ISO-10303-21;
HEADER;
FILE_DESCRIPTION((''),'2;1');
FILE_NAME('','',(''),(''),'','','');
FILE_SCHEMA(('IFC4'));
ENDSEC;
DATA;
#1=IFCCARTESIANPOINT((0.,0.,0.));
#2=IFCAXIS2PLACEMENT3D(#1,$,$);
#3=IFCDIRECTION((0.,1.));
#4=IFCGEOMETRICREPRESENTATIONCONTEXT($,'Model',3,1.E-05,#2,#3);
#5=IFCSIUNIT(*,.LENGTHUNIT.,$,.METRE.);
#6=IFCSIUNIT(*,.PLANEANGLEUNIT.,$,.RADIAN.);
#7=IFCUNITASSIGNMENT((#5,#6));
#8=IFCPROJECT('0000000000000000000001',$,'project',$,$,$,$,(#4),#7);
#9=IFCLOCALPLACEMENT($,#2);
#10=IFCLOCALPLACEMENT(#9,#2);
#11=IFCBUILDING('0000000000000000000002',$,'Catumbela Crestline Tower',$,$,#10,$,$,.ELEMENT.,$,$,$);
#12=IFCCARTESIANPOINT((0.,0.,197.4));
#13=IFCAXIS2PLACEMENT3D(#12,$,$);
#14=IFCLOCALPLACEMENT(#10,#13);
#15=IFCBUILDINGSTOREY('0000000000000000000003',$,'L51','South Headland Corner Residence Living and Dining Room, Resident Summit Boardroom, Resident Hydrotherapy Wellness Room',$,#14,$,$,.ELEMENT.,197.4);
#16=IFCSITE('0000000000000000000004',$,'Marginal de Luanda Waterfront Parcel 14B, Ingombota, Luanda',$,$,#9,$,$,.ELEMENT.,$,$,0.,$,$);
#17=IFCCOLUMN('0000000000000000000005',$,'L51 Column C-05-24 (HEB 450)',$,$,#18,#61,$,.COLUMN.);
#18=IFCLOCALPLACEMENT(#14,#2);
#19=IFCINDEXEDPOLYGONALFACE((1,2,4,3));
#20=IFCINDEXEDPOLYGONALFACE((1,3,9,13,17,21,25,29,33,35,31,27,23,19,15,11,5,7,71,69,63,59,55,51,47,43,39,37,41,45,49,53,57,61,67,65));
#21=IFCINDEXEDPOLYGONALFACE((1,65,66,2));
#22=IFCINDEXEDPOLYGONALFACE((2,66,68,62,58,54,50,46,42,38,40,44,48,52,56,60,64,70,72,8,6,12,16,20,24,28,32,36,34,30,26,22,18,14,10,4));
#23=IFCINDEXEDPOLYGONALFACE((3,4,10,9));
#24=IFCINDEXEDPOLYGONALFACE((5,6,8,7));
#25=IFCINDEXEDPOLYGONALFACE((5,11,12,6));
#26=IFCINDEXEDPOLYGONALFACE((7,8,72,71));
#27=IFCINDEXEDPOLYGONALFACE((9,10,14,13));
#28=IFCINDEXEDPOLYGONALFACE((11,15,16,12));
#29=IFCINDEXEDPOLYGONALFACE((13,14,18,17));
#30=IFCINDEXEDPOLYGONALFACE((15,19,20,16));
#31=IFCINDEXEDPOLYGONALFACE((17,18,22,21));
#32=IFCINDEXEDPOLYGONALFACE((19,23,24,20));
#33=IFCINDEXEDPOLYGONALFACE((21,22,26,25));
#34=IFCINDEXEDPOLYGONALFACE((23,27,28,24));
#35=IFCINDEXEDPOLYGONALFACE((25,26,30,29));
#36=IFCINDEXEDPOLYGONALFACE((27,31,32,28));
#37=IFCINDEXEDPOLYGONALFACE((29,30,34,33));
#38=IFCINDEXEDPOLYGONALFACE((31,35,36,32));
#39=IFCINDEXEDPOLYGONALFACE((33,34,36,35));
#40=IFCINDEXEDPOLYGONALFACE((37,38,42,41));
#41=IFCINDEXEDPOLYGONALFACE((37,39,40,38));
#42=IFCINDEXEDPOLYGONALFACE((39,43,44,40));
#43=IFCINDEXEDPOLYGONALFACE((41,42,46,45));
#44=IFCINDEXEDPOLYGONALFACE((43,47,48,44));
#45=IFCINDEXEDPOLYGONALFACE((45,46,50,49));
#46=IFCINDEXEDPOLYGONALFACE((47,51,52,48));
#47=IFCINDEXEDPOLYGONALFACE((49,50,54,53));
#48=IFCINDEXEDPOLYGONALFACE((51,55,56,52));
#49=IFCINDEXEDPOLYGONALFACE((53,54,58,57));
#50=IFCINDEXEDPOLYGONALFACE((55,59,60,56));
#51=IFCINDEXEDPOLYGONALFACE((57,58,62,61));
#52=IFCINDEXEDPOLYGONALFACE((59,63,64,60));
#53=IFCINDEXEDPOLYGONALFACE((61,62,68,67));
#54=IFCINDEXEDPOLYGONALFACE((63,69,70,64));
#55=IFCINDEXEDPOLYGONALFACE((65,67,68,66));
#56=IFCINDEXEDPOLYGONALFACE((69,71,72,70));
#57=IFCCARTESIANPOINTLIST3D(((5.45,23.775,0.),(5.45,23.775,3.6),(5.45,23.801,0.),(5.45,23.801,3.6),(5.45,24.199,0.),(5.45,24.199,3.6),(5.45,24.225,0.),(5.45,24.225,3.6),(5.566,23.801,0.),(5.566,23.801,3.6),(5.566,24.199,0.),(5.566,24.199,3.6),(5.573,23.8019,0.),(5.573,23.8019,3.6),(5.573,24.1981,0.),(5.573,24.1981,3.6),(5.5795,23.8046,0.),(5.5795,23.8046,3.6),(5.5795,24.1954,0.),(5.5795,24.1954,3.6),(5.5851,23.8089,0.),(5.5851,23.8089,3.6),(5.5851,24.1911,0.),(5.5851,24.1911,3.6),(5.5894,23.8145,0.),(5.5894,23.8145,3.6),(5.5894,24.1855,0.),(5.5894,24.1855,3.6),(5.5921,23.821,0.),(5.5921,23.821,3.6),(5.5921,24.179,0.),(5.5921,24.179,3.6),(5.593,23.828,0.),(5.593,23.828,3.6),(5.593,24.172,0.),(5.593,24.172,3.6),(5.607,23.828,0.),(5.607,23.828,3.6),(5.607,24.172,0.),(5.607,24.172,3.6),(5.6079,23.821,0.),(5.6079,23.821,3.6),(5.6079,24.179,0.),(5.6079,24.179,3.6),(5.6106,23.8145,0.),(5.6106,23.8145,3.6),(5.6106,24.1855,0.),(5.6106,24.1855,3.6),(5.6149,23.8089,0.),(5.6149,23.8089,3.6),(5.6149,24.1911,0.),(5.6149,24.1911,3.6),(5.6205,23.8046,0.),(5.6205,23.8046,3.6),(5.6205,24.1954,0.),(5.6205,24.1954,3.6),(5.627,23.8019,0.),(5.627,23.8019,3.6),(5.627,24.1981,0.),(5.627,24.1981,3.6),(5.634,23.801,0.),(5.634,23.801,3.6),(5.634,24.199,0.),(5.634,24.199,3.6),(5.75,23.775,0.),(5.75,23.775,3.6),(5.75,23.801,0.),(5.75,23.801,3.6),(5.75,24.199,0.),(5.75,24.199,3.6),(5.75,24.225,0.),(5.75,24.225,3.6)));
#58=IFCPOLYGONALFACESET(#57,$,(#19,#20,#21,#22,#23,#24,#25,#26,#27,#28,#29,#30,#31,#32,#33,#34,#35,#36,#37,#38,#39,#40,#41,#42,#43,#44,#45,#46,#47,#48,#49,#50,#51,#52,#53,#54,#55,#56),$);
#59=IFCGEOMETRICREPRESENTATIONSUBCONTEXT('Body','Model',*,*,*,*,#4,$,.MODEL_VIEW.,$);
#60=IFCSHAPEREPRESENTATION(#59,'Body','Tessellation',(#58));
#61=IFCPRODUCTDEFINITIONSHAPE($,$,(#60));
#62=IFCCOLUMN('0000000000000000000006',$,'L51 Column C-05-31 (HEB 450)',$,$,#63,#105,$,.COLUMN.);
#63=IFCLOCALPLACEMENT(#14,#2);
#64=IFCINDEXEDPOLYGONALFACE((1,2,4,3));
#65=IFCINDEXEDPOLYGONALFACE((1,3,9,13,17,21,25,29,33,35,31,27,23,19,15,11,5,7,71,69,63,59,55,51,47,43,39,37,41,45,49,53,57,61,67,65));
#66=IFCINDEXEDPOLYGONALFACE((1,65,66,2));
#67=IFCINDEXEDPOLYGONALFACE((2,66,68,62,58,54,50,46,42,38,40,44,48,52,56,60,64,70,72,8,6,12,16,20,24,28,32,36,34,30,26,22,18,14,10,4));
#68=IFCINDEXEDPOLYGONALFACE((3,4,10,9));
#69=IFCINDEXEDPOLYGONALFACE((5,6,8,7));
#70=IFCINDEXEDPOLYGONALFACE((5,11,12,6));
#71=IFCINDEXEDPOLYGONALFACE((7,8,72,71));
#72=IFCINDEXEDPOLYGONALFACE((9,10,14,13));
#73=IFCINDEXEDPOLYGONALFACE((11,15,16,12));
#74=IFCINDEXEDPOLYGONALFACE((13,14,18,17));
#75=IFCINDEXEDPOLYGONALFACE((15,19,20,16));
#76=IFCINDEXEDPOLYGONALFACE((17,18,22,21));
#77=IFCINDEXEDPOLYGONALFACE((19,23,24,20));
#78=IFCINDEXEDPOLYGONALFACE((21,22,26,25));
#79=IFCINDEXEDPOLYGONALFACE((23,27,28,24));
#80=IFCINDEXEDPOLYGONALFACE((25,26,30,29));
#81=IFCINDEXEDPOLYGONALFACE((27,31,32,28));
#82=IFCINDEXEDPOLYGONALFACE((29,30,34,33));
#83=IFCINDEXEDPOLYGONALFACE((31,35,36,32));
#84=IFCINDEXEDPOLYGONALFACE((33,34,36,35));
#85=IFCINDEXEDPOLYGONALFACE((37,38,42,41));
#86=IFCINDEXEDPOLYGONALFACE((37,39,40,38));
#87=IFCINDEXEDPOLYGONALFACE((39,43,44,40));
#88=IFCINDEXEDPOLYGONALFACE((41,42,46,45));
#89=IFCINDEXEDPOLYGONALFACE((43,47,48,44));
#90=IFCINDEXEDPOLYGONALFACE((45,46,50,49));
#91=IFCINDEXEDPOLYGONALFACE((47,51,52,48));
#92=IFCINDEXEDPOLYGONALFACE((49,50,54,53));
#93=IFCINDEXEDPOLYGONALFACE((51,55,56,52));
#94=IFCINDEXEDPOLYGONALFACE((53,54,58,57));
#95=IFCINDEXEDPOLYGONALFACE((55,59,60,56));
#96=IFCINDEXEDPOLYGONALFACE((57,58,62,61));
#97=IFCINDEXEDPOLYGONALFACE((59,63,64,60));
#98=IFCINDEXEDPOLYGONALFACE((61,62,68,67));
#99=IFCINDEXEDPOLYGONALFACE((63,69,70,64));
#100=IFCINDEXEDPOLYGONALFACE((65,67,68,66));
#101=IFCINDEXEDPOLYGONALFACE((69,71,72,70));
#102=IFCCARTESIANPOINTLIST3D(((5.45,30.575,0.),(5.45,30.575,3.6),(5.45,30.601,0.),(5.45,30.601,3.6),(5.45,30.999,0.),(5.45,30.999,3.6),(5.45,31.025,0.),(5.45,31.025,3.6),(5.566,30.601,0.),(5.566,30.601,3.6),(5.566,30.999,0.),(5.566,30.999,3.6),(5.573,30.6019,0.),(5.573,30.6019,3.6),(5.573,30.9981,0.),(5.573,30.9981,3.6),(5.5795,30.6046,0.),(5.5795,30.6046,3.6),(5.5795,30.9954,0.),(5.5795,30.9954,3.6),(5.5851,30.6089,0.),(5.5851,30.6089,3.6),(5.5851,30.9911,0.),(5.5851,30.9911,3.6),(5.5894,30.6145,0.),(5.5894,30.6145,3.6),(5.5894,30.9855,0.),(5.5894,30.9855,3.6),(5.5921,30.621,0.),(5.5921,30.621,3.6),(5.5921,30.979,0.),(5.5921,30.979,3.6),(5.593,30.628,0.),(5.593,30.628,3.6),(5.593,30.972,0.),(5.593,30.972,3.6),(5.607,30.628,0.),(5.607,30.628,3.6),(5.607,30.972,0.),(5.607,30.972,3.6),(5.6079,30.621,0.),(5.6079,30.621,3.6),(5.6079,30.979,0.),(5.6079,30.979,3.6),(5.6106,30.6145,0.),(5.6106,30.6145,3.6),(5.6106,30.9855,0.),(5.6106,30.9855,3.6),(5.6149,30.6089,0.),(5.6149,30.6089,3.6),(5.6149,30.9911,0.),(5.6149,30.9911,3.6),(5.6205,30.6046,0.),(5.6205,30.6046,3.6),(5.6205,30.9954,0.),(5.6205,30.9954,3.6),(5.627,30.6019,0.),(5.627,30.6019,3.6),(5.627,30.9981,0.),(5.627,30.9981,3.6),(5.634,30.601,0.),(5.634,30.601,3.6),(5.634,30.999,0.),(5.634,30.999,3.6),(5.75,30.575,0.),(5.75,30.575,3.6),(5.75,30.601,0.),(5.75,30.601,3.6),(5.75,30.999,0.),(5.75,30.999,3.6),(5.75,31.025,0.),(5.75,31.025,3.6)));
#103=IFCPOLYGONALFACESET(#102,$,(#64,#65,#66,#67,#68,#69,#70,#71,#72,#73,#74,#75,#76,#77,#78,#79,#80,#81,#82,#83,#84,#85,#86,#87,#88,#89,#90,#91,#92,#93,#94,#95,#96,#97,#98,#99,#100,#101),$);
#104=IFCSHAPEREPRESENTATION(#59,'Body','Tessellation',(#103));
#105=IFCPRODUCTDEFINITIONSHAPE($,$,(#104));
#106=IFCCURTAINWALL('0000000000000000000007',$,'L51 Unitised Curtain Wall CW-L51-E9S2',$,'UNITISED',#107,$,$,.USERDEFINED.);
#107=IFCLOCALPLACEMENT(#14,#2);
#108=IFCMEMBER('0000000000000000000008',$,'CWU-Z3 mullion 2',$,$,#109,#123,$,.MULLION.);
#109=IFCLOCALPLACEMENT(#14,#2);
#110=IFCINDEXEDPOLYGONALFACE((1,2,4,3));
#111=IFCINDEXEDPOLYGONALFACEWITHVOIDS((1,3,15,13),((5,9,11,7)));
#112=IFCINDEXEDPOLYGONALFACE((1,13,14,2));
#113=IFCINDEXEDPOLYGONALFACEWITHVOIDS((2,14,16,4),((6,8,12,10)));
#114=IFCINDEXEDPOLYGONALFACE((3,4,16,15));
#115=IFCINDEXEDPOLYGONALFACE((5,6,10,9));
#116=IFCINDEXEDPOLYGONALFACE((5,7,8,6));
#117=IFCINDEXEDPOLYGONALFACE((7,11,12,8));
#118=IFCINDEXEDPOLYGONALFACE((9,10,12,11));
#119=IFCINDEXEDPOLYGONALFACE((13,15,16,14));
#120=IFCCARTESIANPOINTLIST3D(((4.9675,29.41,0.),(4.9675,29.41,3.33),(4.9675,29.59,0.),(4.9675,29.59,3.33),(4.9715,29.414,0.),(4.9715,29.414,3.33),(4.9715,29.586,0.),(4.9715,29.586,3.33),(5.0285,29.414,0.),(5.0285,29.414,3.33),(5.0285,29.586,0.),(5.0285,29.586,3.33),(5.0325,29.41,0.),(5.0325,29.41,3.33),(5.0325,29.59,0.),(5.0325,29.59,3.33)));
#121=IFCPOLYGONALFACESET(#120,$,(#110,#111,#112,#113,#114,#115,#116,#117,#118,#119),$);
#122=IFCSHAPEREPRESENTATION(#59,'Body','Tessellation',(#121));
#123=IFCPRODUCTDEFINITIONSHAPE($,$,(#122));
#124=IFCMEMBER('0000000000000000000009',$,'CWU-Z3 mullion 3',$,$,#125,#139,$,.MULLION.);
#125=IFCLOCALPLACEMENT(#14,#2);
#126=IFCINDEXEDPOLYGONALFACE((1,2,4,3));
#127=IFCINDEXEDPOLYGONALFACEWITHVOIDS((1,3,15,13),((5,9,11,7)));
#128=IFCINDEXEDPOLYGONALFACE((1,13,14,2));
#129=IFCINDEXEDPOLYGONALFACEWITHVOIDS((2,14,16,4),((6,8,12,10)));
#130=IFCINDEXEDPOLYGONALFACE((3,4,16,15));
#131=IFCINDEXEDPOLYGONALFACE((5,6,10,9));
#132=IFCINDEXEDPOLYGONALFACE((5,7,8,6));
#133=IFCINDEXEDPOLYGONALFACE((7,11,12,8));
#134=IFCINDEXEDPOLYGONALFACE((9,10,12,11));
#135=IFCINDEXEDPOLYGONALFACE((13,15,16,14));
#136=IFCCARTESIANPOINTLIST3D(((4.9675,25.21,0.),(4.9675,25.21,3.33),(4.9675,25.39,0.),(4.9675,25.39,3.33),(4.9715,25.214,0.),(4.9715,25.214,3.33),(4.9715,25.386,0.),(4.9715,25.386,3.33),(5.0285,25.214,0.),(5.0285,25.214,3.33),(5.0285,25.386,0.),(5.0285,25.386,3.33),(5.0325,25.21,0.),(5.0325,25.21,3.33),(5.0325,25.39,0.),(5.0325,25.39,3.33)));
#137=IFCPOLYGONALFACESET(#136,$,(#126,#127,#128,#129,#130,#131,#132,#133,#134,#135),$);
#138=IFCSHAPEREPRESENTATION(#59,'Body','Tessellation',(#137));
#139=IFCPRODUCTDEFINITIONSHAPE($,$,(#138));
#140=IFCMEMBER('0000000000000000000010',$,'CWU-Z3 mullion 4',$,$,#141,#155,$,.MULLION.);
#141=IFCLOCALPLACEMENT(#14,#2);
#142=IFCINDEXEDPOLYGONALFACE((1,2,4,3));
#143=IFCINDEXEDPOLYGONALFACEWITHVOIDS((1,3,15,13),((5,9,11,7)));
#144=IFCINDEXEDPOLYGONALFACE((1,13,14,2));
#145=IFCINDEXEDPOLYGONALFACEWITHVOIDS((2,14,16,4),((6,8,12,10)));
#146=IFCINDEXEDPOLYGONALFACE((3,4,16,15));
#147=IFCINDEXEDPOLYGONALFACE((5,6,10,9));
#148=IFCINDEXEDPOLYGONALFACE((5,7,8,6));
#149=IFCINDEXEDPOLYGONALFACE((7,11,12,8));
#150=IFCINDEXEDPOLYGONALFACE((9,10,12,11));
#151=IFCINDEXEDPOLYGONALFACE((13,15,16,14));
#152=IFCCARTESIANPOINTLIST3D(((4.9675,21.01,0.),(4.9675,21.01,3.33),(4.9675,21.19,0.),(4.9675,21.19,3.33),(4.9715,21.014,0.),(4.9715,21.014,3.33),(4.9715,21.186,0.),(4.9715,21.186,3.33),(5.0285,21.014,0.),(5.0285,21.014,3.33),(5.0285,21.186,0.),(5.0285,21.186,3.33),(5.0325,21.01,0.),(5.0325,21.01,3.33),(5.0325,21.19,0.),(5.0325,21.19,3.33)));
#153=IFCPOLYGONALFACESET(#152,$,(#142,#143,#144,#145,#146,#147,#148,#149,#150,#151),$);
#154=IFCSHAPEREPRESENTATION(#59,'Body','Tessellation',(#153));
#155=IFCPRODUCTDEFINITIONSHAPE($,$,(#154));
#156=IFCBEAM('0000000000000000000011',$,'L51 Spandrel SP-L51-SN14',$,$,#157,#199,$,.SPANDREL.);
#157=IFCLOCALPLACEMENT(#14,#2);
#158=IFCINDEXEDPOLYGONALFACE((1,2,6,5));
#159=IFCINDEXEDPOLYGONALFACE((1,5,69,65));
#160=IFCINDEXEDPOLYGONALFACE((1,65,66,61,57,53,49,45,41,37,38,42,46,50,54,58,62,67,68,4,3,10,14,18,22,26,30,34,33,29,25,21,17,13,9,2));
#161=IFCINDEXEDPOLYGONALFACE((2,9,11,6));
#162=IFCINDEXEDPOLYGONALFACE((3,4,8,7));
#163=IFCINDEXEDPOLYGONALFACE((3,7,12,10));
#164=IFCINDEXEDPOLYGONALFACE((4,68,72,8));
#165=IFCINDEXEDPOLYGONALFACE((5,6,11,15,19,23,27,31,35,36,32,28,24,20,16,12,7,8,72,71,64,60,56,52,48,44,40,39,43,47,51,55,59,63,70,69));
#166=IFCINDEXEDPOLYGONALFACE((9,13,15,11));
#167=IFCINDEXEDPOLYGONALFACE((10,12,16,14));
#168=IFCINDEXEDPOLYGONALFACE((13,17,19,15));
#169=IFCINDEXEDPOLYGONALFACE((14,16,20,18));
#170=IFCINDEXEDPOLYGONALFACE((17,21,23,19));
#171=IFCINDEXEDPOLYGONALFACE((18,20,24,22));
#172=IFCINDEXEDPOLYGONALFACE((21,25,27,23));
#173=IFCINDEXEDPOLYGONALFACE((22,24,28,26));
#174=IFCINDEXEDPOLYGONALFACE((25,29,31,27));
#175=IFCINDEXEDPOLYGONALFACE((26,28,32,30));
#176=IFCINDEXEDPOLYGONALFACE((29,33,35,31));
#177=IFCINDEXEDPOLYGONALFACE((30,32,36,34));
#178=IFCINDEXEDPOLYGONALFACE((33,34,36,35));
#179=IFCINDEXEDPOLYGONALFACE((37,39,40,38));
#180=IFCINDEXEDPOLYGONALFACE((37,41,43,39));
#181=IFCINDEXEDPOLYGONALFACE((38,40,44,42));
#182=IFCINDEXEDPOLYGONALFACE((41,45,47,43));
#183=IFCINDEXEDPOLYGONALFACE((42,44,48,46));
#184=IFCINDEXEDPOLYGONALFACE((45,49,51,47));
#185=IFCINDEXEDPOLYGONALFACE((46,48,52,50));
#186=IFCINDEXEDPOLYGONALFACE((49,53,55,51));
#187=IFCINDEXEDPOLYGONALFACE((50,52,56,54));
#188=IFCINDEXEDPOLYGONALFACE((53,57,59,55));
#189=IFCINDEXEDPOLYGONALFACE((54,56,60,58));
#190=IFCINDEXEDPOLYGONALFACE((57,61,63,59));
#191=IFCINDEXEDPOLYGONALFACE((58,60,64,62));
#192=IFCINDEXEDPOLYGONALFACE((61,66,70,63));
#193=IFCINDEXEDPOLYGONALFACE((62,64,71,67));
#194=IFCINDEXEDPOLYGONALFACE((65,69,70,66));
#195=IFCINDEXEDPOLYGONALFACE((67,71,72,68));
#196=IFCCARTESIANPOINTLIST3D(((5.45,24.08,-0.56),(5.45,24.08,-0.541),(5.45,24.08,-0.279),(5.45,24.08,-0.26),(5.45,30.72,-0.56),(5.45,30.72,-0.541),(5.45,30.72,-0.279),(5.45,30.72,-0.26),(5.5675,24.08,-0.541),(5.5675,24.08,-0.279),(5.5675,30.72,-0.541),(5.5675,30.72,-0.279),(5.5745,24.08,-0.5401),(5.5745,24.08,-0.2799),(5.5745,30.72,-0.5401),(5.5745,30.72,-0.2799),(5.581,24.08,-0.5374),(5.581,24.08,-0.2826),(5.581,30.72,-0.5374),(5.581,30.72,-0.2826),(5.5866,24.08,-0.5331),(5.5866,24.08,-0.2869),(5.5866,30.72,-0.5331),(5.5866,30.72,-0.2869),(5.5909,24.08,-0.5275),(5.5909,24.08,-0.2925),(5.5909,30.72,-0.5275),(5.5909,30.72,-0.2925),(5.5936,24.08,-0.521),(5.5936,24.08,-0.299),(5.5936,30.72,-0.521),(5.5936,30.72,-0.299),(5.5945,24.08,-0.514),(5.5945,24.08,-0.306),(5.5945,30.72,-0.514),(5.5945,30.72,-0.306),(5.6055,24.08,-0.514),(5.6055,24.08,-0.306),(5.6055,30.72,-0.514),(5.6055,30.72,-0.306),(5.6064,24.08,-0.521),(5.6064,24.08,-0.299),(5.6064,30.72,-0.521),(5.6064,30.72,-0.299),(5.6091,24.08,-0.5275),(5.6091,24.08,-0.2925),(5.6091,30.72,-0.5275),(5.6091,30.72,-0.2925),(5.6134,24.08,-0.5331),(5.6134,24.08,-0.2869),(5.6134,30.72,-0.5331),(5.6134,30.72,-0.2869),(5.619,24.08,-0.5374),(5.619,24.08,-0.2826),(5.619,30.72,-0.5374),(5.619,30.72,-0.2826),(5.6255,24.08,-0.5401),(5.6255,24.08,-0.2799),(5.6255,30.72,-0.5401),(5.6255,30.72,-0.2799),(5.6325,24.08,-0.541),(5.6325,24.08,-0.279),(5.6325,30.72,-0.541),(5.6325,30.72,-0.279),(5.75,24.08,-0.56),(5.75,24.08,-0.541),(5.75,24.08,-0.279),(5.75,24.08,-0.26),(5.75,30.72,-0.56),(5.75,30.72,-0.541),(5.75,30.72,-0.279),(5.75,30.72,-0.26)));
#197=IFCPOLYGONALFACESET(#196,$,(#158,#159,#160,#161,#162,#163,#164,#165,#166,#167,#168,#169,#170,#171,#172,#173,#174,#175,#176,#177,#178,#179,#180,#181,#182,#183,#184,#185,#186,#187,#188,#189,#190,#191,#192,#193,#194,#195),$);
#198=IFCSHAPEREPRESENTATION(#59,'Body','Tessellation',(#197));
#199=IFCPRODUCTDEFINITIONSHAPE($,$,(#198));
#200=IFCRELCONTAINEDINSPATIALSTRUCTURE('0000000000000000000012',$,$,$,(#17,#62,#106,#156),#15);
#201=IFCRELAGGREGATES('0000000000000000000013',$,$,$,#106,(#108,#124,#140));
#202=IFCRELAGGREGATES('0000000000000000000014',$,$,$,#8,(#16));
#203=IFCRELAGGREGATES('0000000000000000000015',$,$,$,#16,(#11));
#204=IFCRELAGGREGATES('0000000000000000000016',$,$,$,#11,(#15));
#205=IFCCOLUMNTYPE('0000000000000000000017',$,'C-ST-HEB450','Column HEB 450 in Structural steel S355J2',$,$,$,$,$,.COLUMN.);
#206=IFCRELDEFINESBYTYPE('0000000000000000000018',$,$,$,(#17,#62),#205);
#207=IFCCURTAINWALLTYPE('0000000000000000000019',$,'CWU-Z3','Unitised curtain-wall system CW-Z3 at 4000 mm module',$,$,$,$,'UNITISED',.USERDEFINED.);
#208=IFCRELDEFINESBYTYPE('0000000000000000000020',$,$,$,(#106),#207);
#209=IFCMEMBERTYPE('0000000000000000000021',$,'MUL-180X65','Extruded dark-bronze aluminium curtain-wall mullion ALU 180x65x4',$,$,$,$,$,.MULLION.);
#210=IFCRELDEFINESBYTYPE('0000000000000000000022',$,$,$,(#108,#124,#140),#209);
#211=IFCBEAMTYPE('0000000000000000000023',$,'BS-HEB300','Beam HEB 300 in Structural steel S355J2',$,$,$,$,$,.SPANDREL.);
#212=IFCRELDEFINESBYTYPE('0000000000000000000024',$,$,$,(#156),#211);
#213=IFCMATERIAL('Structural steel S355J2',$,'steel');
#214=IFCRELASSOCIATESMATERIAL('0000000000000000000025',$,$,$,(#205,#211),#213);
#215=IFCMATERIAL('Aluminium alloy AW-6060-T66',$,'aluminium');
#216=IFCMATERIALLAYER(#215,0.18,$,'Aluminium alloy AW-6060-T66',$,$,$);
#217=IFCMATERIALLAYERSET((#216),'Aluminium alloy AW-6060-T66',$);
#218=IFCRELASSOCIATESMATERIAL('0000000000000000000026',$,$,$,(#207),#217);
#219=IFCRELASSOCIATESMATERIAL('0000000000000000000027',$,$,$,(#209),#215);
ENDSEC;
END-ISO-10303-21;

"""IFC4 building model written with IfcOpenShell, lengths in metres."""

from ifc_helpers import new_model, si_unit, direction, frame, origin, origin_2d, place, context, subcontext, project, spatial, hollow_rectangle, i_section, extrude, material, layer, layer_set, material_profile, profile_set, type_object, element, aggregate, save


model = new_model("IFC4")

# Units and contexts
model_context = context("Model", 3, precision=1e-05, world=origin(), true_north=direction((0.0, 1.0)))
body_context = subcontext(model_context, "Body", "Model", "MODEL_VIEW")
ifc_project = project(units=[si_unit("LENGTHUNIT", "METRE"), si_unit("PLANEANGLEUNIT", "RADIAN")], contexts=[model_context])

# Site, building, storey
site_placement = place(None, origin())
site = spatial("IfcSite", under=ifc_project, at=site_placement, Name="Marginal de Luanda Waterfront Parcel 14B, Ingombota, Luanda", CompositionType="ELEMENT", RefElevation=0.0)
building_placement = place(site_placement, origin())
building = spatial("IfcBuilding", under=site, at=building_placement, Name="Catumbela Crestline Tower", CompositionType="ELEMENT")
storey_placement = place(building_placement, frame((0.0, 0.0, 197.4)))
storey = spatial("IfcBuildingStorey", under=building, at=storey_placement, Name="L51", Description="South Headland Corner Residence Living and Dining Room, Resident Summit Boardroom, Resident Hydrotherapy Wellness Room", CompositionType="ELEMENT", Elevation=197.4)

# Columns
ifc_material_1 = material(Name="Structural steel S355J2", Category="steel")
ifc_material_profile_1 = material_profile(ifc_material_1, i_section(OverallWidth=0.3, OverallDepth=0.45, WebThickness=0.014, FlangeThickness=0.026, FilletRadius=0.027, at=origin_2d()), Name="HEB 450")
ifc_profile_set_1 = profile_set([ifc_material_profile_1], Name="Structural steel S355J2")
column_type = type_object("IfcColumnType", Name="C-ST-HEB450", Description="Column HEB 450 in Structural steel S355J2", PredefinedType="COLUMN", material=ifc_profile_set_1)
for number, where, z_axis, x_axis, name in (
    (1, (5.6, 24.0, 0.0), (0.0, 0.0, 1.0), (1.0, 0.0, 0.0), "L51 Column C-05-24 (HEB 450)"),
    (2, (5.6, 30.8, 0.0), (0.0, 0.0, 1.0), (1.0, 0.0, 0.0), "L51 Column C-05-31 (HEB 450)"),
):
    element("IfcColumn", number, at=place(storey_placement, frame(where, z_axis=z_axis, x_axis=x_axis)), inside=storey, type_object=column_type, Name=name, PredefinedType="COLUMN", context=body_context, shape_type="SweptSolid", body=[
        extrude(i_section(OverallWidth=0.3, OverallDepth=0.45, WebThickness=0.014, FlangeThickness=0.026, FilletRadius=0.027, at=origin_2d()), origin(), (0.0, 0.0, 1.0), 3.6),
    ])

# Curtain wall, members
ifc_material_2 = material(Name="Aluminium alloy AW-6060-T66", Category="aluminium")
ifc_layer_1 = layer(ifc_material_2, 0.18, Name="Aluminium alloy AW-6060-T66")
ifc_layer_set_1 = layer_set([ifc_layer_1], Name="Aluminium alloy AW-6060-T66")
curtain_wall_type = type_object("IfcCurtainWallType", Name="CWU-Z3", Description="Unitised curtain-wall system CW-Z3 at 4000 mm module", ElementType="UNITISED", PredefinedType="USERDEFINED", material=ifc_layer_set_1)
curtain_wall_placement = place(storey_placement, origin())
curtain_wall = element("IfcCurtainWall", 3, at=curtain_wall_placement, inside=storey, type_object=curtain_wall_type, Name="L51 Unitised Curtain Wall CW-L51-E9S2", ObjectType="UNITISED", PredefinedType="USERDEFINED")
ifc_material_profile_2 = material_profile(ifc_material_2, hollow_rectangle(XDim=0.065, YDim=0.18, WallThickness=0.004, at=origin_2d()), Name="ALU 180x65x4")
ifc_profile_set_2 = profile_set([ifc_material_profile_2], Name="Aluminium alloy AW-6060-T66")
member_type_1 = type_object("IfcMemberType", Name="MUL-180X65", Description="Extruded dark-bronze aluminium curtain-wall mullion ALU 180x65x4", PredefinedType="MULLION", material=ifc_profile_set_2)
member_1_placement = place(storey_placement, frame((5.0, 29.5, 0.0), z_axis=(0.0, 0.0, 1.0), x_axis=(1.0, 0.0, 0.0)))
member_1 = element("IfcMember", 4, at=member_1_placement, type_object=member_type_1, Name="CWU-Z3 mullion 2", PredefinedType="MULLION", context=body_context, shape_type="SweptSolid", body=[
    extrude(hollow_rectangle(XDim=0.065, YDim=0.18, WallThickness=0.004, at=origin_2d()), origin(), (0.0, 0.0, 1.0), 3.33),
])
member_2_placement = place(storey_placement, frame((5.0, 25.3, 0.0), z_axis=(0.0, 0.0, 1.0), x_axis=(1.0, 0.0, 0.0)))
member_2 = element("IfcMember", 5, at=member_2_placement, type_object=member_type_1, Name="CWU-Z3 mullion 3", PredefinedType="MULLION", context=body_context, shape_type="SweptSolid", body=[
    extrude(hollow_rectangle(XDim=0.065, YDim=0.18, WallThickness=0.004, at=origin_2d()), origin(), (0.0, 0.0, 1.0), 3.33),
])
member_3_placement = place(storey_placement, frame((5.0, 21.1, 0.0), z_axis=(0.0, 0.0, 1.0), x_axis=(1.0, 0.0, 0.0)))
member_3 = element("IfcMember", 6, at=member_3_placement, type_object=member_type_1, Name="CWU-Z3 mullion 4", PredefinedType="MULLION", context=body_context, shape_type="SweptSolid", body=[
    extrude(hollow_rectangle(XDim=0.065, YDim=0.18, WallThickness=0.004, at=origin_2d()), origin(), (0.0, 0.0, 1.0), 3.33),
])

# Beam
ifc_material_profile_3 = material_profile(ifc_material_1, i_section(OverallWidth=0.3, OverallDepth=0.3, WebThickness=0.011, FlangeThickness=0.019, FilletRadius=0.027, at=origin_2d()), Name="HEB 300")
ifc_profile_set_3 = profile_set([ifc_material_profile_3], Name="Structural steel S355J2")
beam_type = type_object("IfcBeamType", Name="BS-HEB300", Description="Beam HEB 300 in Structural steel S355J2", PredefinedType="SPANDREL", material=ifc_profile_set_3)
beam_1_placement = place(storey_placement, frame((5.6, 24.08, -0.41), z_axis=(0.0, 1.0, 0.0), x_axis=(-1.0, 0.0, 0.0)))
element("IfcBeam", 7, at=beam_1_placement, inside=storey, type_object=beam_type, Name="L51 Spandrel SP-L51-SN14", PredefinedType="SPANDREL", context=body_context, shape_type="SweptSolid", body=[
    extrude(i_section(OverallWidth=0.3, OverallDepth=0.3, WebThickness=0.011, FlangeThickness=0.019, FilletRadius=0.027, at=origin_2d()), origin(), (0.0, 0.0, 1.0), 6.64),
])

aggregate(curtain_wall, [member_1, member_2, member_3])

save(model, "model.ifc")
